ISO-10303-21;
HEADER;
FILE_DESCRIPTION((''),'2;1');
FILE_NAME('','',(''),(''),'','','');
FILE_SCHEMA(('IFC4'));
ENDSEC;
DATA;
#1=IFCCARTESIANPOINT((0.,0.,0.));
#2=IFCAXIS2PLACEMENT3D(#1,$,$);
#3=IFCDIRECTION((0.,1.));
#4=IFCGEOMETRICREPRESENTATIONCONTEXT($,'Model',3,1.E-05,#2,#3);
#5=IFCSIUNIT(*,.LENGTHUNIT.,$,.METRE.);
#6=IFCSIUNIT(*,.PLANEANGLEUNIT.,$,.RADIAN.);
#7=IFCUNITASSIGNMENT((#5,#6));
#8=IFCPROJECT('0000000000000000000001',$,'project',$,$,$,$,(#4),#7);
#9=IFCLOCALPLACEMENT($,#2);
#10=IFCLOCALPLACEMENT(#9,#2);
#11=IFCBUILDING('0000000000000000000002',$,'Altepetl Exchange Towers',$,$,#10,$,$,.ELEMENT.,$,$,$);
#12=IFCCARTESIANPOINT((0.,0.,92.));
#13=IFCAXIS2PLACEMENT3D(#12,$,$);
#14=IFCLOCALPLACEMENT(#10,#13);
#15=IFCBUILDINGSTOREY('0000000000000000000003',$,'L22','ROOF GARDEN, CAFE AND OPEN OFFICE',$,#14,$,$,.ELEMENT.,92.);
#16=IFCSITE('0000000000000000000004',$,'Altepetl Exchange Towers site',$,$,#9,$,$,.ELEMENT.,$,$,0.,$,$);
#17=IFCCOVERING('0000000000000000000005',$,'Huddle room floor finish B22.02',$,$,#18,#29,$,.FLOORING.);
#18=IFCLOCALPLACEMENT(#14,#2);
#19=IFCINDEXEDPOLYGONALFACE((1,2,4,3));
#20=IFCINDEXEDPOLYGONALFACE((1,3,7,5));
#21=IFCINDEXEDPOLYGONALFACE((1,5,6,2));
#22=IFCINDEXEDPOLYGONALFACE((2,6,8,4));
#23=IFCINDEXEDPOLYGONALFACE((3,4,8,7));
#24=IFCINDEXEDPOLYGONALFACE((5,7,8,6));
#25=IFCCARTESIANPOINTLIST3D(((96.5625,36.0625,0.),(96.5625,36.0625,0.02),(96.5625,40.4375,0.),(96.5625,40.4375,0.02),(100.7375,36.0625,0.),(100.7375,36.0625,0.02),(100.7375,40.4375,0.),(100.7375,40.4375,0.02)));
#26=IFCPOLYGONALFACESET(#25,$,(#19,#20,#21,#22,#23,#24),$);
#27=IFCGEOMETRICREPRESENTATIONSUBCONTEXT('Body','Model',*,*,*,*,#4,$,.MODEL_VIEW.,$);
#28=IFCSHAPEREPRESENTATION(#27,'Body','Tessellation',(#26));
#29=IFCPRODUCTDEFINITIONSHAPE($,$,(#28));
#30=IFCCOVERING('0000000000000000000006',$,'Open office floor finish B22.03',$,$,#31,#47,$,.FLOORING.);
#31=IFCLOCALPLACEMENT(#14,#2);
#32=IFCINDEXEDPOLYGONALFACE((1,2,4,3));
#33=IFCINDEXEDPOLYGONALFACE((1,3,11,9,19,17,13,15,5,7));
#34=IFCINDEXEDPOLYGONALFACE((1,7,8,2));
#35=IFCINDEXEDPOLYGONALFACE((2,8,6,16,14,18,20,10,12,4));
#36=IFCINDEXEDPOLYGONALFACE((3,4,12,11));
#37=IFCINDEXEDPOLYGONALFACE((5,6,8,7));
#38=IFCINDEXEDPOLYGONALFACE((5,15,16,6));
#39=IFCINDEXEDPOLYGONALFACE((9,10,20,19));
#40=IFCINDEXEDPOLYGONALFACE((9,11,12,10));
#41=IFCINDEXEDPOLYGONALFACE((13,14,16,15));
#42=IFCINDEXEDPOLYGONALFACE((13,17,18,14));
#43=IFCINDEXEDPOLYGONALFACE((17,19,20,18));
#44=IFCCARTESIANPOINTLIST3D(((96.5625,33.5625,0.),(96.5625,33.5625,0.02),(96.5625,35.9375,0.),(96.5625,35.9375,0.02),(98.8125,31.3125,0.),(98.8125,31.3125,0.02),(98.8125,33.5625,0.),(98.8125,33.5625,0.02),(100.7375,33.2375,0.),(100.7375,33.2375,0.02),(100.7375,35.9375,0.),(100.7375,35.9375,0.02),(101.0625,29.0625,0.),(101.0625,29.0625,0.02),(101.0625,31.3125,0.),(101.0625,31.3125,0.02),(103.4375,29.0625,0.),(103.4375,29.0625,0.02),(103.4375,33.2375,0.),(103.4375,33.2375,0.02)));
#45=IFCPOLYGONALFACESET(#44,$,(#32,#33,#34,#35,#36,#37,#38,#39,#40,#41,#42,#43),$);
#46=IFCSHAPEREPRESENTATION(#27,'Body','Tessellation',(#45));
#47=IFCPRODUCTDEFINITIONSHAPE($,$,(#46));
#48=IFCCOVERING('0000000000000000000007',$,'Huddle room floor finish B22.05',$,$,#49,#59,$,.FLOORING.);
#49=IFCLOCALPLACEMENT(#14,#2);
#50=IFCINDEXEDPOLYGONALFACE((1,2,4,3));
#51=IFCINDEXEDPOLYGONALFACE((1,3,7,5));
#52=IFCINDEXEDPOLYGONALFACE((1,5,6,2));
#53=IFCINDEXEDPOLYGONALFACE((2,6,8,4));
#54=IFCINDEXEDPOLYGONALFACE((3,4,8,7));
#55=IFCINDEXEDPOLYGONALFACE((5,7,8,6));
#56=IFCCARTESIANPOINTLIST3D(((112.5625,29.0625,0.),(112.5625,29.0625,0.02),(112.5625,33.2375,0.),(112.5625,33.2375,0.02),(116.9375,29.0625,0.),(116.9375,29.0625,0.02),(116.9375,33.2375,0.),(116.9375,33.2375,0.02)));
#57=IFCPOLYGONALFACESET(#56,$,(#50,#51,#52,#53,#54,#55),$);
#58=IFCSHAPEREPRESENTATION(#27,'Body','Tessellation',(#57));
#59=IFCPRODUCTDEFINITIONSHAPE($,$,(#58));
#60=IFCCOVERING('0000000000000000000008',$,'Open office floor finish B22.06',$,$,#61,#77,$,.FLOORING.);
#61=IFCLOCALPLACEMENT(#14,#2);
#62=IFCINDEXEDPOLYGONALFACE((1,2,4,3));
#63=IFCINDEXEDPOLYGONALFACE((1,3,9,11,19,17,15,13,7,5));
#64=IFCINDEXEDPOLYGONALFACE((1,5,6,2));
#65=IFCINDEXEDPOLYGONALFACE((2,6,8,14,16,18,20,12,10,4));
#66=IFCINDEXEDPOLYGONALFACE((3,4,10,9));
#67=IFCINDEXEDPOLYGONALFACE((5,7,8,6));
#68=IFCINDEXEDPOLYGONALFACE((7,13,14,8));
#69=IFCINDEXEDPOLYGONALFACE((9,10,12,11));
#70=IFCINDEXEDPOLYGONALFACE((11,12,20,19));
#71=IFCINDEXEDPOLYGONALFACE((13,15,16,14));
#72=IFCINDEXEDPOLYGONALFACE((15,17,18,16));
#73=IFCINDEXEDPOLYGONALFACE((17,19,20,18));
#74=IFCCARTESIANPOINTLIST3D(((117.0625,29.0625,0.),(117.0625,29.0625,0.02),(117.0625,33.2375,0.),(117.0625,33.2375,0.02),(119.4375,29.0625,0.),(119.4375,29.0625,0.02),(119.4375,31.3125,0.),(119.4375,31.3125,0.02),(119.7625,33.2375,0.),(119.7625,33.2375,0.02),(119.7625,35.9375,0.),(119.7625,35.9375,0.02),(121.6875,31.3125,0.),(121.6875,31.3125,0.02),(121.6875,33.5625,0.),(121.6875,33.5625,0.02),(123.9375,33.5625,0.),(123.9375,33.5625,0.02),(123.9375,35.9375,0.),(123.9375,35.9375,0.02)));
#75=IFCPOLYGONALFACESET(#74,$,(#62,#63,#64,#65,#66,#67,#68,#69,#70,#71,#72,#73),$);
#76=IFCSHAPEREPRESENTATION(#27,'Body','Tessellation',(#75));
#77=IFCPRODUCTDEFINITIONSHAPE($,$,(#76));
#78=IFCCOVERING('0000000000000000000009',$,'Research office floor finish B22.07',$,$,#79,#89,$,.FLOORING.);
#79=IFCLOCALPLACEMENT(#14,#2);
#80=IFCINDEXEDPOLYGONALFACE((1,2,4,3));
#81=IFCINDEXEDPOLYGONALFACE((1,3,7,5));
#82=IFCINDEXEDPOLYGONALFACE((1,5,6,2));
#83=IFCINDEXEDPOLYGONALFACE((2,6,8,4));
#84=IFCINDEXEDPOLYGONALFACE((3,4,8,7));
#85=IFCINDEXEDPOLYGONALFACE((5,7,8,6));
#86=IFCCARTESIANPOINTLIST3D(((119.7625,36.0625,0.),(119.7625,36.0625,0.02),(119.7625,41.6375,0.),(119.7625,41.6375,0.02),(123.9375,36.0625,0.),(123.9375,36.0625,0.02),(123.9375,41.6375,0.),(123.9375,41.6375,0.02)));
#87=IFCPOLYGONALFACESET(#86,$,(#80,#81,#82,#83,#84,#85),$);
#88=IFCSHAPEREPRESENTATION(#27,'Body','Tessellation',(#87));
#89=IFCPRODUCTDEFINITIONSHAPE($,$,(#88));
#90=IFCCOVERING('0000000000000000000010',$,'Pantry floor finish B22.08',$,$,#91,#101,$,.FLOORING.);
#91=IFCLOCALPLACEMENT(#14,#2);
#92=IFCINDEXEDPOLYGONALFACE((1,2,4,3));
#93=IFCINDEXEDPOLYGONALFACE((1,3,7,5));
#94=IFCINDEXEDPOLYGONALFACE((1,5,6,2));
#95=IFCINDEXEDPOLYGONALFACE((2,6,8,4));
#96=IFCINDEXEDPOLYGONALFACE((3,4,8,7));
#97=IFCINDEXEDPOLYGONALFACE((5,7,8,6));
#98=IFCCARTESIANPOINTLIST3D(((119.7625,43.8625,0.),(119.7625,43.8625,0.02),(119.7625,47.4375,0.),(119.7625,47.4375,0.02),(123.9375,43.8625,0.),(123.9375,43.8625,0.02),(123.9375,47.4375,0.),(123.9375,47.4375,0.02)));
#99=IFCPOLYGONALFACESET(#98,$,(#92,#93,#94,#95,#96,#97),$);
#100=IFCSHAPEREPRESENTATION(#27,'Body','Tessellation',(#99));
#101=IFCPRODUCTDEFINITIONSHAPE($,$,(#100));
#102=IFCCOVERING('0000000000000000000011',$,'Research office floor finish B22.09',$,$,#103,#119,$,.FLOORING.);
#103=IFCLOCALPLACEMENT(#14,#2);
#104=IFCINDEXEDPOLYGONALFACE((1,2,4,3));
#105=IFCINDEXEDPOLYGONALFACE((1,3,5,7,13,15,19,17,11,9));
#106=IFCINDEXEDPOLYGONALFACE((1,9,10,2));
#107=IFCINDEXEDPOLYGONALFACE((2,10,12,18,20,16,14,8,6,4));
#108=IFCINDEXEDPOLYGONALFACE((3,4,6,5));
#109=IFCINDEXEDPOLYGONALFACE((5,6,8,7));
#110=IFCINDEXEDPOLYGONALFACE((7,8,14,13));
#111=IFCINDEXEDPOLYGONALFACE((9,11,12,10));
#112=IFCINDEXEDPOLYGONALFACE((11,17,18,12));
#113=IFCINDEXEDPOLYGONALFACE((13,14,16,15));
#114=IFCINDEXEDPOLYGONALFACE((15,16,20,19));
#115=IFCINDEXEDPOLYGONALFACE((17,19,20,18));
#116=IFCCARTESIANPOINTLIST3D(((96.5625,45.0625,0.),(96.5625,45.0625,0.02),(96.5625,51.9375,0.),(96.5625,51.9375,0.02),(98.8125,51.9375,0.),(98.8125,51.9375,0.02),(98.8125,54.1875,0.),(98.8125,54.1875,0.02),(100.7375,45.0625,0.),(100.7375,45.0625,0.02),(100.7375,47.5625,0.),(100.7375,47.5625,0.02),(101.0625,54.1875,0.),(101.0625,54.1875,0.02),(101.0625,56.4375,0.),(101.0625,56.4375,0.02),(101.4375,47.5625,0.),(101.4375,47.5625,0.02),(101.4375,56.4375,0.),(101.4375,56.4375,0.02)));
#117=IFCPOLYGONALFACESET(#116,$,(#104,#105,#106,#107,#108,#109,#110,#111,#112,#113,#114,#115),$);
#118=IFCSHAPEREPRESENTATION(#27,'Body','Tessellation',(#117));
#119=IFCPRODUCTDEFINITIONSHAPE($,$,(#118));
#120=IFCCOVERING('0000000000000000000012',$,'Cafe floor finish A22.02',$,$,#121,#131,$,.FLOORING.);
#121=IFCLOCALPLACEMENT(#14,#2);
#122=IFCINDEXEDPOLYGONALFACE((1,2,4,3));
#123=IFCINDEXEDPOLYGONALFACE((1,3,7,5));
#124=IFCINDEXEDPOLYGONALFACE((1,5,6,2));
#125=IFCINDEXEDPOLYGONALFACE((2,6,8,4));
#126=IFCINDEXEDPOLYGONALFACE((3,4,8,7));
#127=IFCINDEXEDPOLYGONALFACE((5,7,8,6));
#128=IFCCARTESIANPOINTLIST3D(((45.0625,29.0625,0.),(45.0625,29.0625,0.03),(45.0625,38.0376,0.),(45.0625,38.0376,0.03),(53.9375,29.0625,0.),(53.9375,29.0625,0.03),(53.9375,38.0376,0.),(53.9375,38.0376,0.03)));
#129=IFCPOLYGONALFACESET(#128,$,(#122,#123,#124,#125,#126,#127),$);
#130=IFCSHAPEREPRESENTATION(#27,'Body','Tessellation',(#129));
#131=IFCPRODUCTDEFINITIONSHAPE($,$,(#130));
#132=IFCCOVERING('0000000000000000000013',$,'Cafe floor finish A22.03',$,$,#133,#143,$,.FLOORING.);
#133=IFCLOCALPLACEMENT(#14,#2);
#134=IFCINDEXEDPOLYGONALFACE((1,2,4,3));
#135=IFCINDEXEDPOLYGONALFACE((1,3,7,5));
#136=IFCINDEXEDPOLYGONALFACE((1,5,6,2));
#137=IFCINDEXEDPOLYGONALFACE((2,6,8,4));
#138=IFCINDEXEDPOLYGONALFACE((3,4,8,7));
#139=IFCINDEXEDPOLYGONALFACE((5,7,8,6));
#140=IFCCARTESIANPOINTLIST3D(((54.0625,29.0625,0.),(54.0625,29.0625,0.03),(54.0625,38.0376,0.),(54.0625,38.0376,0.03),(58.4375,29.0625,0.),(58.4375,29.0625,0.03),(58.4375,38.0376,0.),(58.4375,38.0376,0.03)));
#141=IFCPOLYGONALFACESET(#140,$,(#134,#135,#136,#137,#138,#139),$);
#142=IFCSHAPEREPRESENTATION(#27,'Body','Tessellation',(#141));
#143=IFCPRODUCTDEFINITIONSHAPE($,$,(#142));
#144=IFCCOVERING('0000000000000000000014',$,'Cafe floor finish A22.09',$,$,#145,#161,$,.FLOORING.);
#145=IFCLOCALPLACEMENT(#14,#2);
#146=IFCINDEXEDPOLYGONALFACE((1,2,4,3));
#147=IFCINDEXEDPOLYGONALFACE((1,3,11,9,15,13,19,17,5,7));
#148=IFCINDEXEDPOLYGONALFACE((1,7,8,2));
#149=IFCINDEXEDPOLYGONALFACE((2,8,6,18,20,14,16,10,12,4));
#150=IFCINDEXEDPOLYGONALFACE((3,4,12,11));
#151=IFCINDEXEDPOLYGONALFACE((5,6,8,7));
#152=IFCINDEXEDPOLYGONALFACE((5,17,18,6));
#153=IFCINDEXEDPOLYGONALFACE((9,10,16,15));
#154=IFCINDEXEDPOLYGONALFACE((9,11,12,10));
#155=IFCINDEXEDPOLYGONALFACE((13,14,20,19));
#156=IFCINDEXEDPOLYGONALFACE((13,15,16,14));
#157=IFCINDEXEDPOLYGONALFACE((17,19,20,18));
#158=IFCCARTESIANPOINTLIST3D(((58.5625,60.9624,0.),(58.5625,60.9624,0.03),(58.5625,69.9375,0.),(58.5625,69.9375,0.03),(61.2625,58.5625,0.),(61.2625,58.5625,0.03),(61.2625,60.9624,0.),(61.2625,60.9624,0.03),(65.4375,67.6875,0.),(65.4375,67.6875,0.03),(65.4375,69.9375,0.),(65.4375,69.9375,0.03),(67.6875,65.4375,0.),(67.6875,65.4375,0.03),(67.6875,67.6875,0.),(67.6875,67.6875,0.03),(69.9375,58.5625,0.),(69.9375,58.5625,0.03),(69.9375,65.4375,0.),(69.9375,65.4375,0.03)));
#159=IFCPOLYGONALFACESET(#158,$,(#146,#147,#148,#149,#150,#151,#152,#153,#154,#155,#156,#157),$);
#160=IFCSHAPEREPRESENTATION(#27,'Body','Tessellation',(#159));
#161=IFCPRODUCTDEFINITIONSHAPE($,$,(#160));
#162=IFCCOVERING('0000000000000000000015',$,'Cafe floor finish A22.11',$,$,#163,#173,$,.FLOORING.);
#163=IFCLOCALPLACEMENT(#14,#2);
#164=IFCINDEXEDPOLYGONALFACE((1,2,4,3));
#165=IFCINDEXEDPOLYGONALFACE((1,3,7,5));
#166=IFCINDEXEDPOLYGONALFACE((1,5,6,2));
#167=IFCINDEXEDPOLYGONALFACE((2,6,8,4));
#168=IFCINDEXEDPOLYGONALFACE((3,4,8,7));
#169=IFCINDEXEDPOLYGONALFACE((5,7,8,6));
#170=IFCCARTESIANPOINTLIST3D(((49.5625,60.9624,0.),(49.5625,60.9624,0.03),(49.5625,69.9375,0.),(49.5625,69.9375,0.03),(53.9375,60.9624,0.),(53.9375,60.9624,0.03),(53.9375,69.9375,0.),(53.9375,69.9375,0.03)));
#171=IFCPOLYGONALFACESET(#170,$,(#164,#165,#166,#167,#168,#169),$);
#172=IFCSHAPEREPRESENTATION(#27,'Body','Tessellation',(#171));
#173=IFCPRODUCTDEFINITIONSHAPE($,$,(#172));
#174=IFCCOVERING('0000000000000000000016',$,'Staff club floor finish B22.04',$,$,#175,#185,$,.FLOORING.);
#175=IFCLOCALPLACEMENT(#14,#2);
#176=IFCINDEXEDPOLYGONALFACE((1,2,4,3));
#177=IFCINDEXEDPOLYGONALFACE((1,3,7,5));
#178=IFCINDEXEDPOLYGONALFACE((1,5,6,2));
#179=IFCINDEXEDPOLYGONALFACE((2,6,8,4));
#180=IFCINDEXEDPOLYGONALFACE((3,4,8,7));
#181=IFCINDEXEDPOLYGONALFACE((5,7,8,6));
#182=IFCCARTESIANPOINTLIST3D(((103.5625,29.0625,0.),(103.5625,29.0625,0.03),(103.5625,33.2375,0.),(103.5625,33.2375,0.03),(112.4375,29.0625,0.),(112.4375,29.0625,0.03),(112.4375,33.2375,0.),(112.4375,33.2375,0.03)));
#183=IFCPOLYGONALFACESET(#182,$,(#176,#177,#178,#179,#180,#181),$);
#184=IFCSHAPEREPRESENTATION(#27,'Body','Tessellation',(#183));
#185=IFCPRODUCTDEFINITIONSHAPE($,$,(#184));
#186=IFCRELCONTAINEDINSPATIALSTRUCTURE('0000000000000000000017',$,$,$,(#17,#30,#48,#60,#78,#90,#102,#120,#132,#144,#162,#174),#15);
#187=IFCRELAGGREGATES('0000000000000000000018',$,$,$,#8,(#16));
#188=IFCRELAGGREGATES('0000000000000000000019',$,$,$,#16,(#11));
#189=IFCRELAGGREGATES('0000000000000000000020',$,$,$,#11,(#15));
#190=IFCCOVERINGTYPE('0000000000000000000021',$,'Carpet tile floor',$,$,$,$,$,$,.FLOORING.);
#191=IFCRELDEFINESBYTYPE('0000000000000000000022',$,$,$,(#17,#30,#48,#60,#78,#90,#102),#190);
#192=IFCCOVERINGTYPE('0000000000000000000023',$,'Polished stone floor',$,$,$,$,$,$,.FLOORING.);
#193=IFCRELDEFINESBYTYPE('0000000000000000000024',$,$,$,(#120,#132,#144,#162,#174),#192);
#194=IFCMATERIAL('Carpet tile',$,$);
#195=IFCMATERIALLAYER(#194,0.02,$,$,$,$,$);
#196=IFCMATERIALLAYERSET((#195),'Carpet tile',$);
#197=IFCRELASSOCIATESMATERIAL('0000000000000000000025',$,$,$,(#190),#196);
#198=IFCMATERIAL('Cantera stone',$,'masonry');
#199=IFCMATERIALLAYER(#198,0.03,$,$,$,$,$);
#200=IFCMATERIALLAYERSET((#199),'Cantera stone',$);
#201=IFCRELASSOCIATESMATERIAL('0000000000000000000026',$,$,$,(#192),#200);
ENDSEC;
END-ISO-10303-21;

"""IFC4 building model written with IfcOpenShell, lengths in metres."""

from ifc_helpers import new_model, si_unit, direction, frame, origin, place, context, subcontext, project, spatial, polyline, outline, extrude, material, layer, layer_set, type_object, element, save


model = new_model("IFC4")

# Units and contexts
model_context = context("Model", 3, precision=1e-05, world=origin(), true_north=direction((0.0, 1.0)))
body_context = subcontext(model_context, "Body", "Model", "MODEL_VIEW")
ifc_project = project(units=[si_unit("LENGTHUNIT", "METRE"), si_unit("PLANEANGLEUNIT", "RADIAN")], contexts=[model_context])

# Site, building, storey
site_placement = place(None, origin())
site = spatial("IfcSite", under=ifc_project, at=site_placement, Name="Altepetl Exchange Towers site", CompositionType="ELEMENT", RefElevation=0.0)
building_placement = place(site_placement, origin())
building = spatial("IfcBuilding", under=site, at=building_placement, Name="Altepetl Exchange Towers", CompositionType="ELEMENT")
storey_placement = place(building_placement, frame((0.0, 0.0, 92.0)))
storey = spatial("IfcBuildingStorey", under=building, at=storey_placement, Name="L22", Description="ROOF GARDEN, CAFE AND OPEN OFFICE", CompositionType="ELEMENT", Elevation=92.0)

# Coverings
ifc_material_1 = material(Name="Carpet tile")
ifc_layer_1 = layer(ifc_material_1, 0.02)
ifc_layer_set_1 = layer_set([ifc_layer_1], Name="Carpet tile")
covering_type_1 = type_object("IfcCoveringType", Name="Carpet tile floor", PredefinedType="FLOORING", material=ifc_layer_set_1)
covering_1_placement = place(storey_placement, origin())
element("IfcCovering", 1, at=covering_1_placement, inside=storey, type_object=covering_type_1, Name="Huddle room floor finish B22.02", PredefinedType="FLOORING", context=body_context, shape_type="SweptSolid", body=[
    extrude(outline(polyline([(100.7375, 40.4375), (96.5625, 40.4375), (96.5625, 36.0625), (100.7375, 36.0625), (100.7375, 40.4375)])), origin(), (0.0, 0.0, 1.0), 0.02),
])
covering_2_placement = place(storey_placement, origin())
element("IfcCovering", 2, at=covering_2_placement, inside=storey, type_object=covering_type_1, Name="Open office floor finish B22.03", PredefinedType="FLOORING", context=body_context, shape_type="SweptSolid", body=[
    extrude(outline(polyline([(100.7375, 35.9375), (96.5625, 35.9375), (96.5625, 33.5625), (98.8125, 33.5625), (98.8125, 31.3125), (101.0625, 31.3125), (101.0625, 29.0625), (103.4375, 29.0625), (103.4375, 33.2375), (100.7375, 33.2375), (100.7375, 35.9375)])), origin(), (0.0, 0.0, 1.0), 0.02),
])
covering_3_placement = place(storey_placement, origin())
element("IfcCovering", 3, at=covering_3_placement, inside=storey, type_object=covering_type_1, Name="Huddle room floor finish B22.05", PredefinedType="FLOORING", context=body_context, shape_type="SweptSolid", body=[
    extrude(outline(polyline([(112.5625, 33.2375), (112.5625, 29.0625), (116.9375, 29.0625), (116.9375, 33.2375), (112.5625, 33.2375)])), origin(), (0.0, 0.0, 1.0), 0.02),
])
covering_4_placement = place(storey_placement, origin())
element("IfcCovering", 4, at=covering_4_placement, inside=storey, type_object=covering_type_1, Name="Open office floor finish B22.06", PredefinedType="FLOORING", context=body_context, shape_type="SweptSolid", body=[
    extrude(outline(polyline([(117.0625, 33.2375), (117.0625, 29.0625), (119.4375, 29.0625), (119.4375, 31.3125), (121.6875, 31.3125), (121.6875, 33.5625), (123.9375, 33.5625), (123.9375, 35.9375), (119.7625, 35.9375), (119.7625, 33.2375), (117.0625, 33.2375)])), origin(), (0.0, 0.0, 1.0), 0.02),
])
covering_5_placement = place(storey_placement, origin())
element("IfcCovering", 5, at=covering_5_placement, inside=storey, type_object=covering_type_1, Name="Research office floor finish B22.07", PredefinedType="FLOORING", context=body_context, shape_type="SweptSolid", body=[
    extrude(outline(polyline([(119.7625, 41.6375), (119.7625, 36.0625), (123.9375, 36.0625), (123.9375, 41.6375), (119.7625, 41.6375)])), origin(), (0.0, 0.0, 1.0), 0.02),
])
covering_6_placement = place(storey_placement, origin())
element("IfcCovering", 6, at=covering_6_placement, inside=storey, type_object=covering_type_1, Name="Pantry floor finish B22.08", PredefinedType="FLOORING", context=body_context, shape_type="SweptSolid", body=[
    extrude(outline(polyline([(119.7625, 47.4375), (119.7625, 43.8625), (123.9375, 43.8625), (123.9375, 47.4375), (119.7625, 47.4375)])), origin(), (0.0, 0.0, 1.0), 0.02),
])
covering_7_placement = place(storey_placement, origin())
element("IfcCovering", 7, at=covering_7_placement, inside=storey, type_object=covering_type_1, Name="Research office floor finish B22.09", PredefinedType="FLOORING", context=body_context, shape_type="SweptSolid", body=[
    extrude(outline(polyline([(101.4375, 56.4375), (101.0625, 56.4375), (101.0625, 54.1875), (98.8125, 54.1875), (98.8125, 51.9375), (96.5625, 51.9375), (96.5625, 45.0625), (100.7375, 45.0625), (100.7375, 47.5625), (101.4375, 47.5625), (101.4375, 56.4375)])), origin(), (0.0, 0.0, 1.0), 0.02),
])
ifc_material_2 = material(Name="Cantera stone", Category="masonry")
ifc_layer_2 = layer(ifc_material_2, 0.03)
ifc_layer_set_2 = layer_set([ifc_layer_2], Name="Cantera stone")
covering_type_2 = type_object("IfcCoveringType", Name="Polished stone floor", PredefinedType="FLOORING", material=ifc_layer_set_2)
covering_8_placement = place(storey_placement, origin())
element("IfcCovering", 8, at=covering_8_placement, inside=storey, type_object=covering_type_2, Name="Cafe floor finish A22.02", PredefinedType="FLOORING", context=body_context, shape_type="SweptSolid", body=[
    extrude(outline(polyline([(45.0625, 38.0376), (45.0625, 29.0625), (53.9375, 29.0625), (53.9375, 38.0376), (45.0625, 38.0376)])), origin(), (0.0, 0.0, 1.0), 0.03),
])
covering_9_placement = place(storey_placement, origin())
element("IfcCovering", 9, at=covering_9_placement, inside=storey, type_object=covering_type_2, Name="Cafe floor finish A22.03", PredefinedType="FLOORING", context=body_context, shape_type="SweptSolid", body=[
    extrude(outline(polyline([(54.0625, 38.0376), (54.0625, 29.0625), (58.4375, 29.0625), (58.4375, 38.0376), (54.0625, 38.0376)])), origin(), (0.0, 0.0, 1.0), 0.03),
])
covering_10_placement = place(storey_placement, origin())
element("IfcCovering", 10, at=covering_10_placement, inside=storey, type_object=covering_type_2, Name="Cafe floor finish A22.09", PredefinedType="FLOORING", context=body_context, shape_type="SweptSolid", body=[
    extrude(outline(polyline([(65.4375, 69.9375), (58.5625, 69.9375), (58.5625, 60.9624), (61.2625, 60.9624), (61.2625, 58.5625), (69.9375, 58.5625), (69.9375, 65.4375), (67.6875, 65.4375), (67.6875, 67.6875), (65.4375, 67.6875), (65.4375, 69.9375)])), origin(), (0.0, 0.0, 1.0), 0.03),
])
covering_11_placement = place(storey_placement, origin())
element("IfcCovering", 11, at=covering_11_placement, inside=storey, type_object=covering_type_2, Name="Cafe floor finish A22.11", PredefinedType="FLOORING", context=body_context, shape_type="SweptSolid", body=[
    extrude(outline(polyline([(53.9375, 60.9624), (53.9375, 69.9375), (49.5625, 69.9375), (49.5625, 60.9624), (53.9375, 60.9624)])), origin(), (0.0, 0.0, 1.0), 0.03),
])
covering_12_placement = place(storey_placement, origin())
element("IfcCovering", 12, at=covering_12_placement, inside=storey, type_object=covering_type_2, Name="Staff club floor finish B22.04", PredefinedType="FLOORING", context=body_context, shape_type="SweptSolid", body=[
    extrude(outline(polyline([(103.5625, 33.2375), (103.5625, 29.0625), (112.4375, 29.0625), (112.4375, 33.2375), (103.5625, 33.2375)])), origin(), (0.0, 0.0, 1.0), 0.03),
])

save(model, "model.ifc")
